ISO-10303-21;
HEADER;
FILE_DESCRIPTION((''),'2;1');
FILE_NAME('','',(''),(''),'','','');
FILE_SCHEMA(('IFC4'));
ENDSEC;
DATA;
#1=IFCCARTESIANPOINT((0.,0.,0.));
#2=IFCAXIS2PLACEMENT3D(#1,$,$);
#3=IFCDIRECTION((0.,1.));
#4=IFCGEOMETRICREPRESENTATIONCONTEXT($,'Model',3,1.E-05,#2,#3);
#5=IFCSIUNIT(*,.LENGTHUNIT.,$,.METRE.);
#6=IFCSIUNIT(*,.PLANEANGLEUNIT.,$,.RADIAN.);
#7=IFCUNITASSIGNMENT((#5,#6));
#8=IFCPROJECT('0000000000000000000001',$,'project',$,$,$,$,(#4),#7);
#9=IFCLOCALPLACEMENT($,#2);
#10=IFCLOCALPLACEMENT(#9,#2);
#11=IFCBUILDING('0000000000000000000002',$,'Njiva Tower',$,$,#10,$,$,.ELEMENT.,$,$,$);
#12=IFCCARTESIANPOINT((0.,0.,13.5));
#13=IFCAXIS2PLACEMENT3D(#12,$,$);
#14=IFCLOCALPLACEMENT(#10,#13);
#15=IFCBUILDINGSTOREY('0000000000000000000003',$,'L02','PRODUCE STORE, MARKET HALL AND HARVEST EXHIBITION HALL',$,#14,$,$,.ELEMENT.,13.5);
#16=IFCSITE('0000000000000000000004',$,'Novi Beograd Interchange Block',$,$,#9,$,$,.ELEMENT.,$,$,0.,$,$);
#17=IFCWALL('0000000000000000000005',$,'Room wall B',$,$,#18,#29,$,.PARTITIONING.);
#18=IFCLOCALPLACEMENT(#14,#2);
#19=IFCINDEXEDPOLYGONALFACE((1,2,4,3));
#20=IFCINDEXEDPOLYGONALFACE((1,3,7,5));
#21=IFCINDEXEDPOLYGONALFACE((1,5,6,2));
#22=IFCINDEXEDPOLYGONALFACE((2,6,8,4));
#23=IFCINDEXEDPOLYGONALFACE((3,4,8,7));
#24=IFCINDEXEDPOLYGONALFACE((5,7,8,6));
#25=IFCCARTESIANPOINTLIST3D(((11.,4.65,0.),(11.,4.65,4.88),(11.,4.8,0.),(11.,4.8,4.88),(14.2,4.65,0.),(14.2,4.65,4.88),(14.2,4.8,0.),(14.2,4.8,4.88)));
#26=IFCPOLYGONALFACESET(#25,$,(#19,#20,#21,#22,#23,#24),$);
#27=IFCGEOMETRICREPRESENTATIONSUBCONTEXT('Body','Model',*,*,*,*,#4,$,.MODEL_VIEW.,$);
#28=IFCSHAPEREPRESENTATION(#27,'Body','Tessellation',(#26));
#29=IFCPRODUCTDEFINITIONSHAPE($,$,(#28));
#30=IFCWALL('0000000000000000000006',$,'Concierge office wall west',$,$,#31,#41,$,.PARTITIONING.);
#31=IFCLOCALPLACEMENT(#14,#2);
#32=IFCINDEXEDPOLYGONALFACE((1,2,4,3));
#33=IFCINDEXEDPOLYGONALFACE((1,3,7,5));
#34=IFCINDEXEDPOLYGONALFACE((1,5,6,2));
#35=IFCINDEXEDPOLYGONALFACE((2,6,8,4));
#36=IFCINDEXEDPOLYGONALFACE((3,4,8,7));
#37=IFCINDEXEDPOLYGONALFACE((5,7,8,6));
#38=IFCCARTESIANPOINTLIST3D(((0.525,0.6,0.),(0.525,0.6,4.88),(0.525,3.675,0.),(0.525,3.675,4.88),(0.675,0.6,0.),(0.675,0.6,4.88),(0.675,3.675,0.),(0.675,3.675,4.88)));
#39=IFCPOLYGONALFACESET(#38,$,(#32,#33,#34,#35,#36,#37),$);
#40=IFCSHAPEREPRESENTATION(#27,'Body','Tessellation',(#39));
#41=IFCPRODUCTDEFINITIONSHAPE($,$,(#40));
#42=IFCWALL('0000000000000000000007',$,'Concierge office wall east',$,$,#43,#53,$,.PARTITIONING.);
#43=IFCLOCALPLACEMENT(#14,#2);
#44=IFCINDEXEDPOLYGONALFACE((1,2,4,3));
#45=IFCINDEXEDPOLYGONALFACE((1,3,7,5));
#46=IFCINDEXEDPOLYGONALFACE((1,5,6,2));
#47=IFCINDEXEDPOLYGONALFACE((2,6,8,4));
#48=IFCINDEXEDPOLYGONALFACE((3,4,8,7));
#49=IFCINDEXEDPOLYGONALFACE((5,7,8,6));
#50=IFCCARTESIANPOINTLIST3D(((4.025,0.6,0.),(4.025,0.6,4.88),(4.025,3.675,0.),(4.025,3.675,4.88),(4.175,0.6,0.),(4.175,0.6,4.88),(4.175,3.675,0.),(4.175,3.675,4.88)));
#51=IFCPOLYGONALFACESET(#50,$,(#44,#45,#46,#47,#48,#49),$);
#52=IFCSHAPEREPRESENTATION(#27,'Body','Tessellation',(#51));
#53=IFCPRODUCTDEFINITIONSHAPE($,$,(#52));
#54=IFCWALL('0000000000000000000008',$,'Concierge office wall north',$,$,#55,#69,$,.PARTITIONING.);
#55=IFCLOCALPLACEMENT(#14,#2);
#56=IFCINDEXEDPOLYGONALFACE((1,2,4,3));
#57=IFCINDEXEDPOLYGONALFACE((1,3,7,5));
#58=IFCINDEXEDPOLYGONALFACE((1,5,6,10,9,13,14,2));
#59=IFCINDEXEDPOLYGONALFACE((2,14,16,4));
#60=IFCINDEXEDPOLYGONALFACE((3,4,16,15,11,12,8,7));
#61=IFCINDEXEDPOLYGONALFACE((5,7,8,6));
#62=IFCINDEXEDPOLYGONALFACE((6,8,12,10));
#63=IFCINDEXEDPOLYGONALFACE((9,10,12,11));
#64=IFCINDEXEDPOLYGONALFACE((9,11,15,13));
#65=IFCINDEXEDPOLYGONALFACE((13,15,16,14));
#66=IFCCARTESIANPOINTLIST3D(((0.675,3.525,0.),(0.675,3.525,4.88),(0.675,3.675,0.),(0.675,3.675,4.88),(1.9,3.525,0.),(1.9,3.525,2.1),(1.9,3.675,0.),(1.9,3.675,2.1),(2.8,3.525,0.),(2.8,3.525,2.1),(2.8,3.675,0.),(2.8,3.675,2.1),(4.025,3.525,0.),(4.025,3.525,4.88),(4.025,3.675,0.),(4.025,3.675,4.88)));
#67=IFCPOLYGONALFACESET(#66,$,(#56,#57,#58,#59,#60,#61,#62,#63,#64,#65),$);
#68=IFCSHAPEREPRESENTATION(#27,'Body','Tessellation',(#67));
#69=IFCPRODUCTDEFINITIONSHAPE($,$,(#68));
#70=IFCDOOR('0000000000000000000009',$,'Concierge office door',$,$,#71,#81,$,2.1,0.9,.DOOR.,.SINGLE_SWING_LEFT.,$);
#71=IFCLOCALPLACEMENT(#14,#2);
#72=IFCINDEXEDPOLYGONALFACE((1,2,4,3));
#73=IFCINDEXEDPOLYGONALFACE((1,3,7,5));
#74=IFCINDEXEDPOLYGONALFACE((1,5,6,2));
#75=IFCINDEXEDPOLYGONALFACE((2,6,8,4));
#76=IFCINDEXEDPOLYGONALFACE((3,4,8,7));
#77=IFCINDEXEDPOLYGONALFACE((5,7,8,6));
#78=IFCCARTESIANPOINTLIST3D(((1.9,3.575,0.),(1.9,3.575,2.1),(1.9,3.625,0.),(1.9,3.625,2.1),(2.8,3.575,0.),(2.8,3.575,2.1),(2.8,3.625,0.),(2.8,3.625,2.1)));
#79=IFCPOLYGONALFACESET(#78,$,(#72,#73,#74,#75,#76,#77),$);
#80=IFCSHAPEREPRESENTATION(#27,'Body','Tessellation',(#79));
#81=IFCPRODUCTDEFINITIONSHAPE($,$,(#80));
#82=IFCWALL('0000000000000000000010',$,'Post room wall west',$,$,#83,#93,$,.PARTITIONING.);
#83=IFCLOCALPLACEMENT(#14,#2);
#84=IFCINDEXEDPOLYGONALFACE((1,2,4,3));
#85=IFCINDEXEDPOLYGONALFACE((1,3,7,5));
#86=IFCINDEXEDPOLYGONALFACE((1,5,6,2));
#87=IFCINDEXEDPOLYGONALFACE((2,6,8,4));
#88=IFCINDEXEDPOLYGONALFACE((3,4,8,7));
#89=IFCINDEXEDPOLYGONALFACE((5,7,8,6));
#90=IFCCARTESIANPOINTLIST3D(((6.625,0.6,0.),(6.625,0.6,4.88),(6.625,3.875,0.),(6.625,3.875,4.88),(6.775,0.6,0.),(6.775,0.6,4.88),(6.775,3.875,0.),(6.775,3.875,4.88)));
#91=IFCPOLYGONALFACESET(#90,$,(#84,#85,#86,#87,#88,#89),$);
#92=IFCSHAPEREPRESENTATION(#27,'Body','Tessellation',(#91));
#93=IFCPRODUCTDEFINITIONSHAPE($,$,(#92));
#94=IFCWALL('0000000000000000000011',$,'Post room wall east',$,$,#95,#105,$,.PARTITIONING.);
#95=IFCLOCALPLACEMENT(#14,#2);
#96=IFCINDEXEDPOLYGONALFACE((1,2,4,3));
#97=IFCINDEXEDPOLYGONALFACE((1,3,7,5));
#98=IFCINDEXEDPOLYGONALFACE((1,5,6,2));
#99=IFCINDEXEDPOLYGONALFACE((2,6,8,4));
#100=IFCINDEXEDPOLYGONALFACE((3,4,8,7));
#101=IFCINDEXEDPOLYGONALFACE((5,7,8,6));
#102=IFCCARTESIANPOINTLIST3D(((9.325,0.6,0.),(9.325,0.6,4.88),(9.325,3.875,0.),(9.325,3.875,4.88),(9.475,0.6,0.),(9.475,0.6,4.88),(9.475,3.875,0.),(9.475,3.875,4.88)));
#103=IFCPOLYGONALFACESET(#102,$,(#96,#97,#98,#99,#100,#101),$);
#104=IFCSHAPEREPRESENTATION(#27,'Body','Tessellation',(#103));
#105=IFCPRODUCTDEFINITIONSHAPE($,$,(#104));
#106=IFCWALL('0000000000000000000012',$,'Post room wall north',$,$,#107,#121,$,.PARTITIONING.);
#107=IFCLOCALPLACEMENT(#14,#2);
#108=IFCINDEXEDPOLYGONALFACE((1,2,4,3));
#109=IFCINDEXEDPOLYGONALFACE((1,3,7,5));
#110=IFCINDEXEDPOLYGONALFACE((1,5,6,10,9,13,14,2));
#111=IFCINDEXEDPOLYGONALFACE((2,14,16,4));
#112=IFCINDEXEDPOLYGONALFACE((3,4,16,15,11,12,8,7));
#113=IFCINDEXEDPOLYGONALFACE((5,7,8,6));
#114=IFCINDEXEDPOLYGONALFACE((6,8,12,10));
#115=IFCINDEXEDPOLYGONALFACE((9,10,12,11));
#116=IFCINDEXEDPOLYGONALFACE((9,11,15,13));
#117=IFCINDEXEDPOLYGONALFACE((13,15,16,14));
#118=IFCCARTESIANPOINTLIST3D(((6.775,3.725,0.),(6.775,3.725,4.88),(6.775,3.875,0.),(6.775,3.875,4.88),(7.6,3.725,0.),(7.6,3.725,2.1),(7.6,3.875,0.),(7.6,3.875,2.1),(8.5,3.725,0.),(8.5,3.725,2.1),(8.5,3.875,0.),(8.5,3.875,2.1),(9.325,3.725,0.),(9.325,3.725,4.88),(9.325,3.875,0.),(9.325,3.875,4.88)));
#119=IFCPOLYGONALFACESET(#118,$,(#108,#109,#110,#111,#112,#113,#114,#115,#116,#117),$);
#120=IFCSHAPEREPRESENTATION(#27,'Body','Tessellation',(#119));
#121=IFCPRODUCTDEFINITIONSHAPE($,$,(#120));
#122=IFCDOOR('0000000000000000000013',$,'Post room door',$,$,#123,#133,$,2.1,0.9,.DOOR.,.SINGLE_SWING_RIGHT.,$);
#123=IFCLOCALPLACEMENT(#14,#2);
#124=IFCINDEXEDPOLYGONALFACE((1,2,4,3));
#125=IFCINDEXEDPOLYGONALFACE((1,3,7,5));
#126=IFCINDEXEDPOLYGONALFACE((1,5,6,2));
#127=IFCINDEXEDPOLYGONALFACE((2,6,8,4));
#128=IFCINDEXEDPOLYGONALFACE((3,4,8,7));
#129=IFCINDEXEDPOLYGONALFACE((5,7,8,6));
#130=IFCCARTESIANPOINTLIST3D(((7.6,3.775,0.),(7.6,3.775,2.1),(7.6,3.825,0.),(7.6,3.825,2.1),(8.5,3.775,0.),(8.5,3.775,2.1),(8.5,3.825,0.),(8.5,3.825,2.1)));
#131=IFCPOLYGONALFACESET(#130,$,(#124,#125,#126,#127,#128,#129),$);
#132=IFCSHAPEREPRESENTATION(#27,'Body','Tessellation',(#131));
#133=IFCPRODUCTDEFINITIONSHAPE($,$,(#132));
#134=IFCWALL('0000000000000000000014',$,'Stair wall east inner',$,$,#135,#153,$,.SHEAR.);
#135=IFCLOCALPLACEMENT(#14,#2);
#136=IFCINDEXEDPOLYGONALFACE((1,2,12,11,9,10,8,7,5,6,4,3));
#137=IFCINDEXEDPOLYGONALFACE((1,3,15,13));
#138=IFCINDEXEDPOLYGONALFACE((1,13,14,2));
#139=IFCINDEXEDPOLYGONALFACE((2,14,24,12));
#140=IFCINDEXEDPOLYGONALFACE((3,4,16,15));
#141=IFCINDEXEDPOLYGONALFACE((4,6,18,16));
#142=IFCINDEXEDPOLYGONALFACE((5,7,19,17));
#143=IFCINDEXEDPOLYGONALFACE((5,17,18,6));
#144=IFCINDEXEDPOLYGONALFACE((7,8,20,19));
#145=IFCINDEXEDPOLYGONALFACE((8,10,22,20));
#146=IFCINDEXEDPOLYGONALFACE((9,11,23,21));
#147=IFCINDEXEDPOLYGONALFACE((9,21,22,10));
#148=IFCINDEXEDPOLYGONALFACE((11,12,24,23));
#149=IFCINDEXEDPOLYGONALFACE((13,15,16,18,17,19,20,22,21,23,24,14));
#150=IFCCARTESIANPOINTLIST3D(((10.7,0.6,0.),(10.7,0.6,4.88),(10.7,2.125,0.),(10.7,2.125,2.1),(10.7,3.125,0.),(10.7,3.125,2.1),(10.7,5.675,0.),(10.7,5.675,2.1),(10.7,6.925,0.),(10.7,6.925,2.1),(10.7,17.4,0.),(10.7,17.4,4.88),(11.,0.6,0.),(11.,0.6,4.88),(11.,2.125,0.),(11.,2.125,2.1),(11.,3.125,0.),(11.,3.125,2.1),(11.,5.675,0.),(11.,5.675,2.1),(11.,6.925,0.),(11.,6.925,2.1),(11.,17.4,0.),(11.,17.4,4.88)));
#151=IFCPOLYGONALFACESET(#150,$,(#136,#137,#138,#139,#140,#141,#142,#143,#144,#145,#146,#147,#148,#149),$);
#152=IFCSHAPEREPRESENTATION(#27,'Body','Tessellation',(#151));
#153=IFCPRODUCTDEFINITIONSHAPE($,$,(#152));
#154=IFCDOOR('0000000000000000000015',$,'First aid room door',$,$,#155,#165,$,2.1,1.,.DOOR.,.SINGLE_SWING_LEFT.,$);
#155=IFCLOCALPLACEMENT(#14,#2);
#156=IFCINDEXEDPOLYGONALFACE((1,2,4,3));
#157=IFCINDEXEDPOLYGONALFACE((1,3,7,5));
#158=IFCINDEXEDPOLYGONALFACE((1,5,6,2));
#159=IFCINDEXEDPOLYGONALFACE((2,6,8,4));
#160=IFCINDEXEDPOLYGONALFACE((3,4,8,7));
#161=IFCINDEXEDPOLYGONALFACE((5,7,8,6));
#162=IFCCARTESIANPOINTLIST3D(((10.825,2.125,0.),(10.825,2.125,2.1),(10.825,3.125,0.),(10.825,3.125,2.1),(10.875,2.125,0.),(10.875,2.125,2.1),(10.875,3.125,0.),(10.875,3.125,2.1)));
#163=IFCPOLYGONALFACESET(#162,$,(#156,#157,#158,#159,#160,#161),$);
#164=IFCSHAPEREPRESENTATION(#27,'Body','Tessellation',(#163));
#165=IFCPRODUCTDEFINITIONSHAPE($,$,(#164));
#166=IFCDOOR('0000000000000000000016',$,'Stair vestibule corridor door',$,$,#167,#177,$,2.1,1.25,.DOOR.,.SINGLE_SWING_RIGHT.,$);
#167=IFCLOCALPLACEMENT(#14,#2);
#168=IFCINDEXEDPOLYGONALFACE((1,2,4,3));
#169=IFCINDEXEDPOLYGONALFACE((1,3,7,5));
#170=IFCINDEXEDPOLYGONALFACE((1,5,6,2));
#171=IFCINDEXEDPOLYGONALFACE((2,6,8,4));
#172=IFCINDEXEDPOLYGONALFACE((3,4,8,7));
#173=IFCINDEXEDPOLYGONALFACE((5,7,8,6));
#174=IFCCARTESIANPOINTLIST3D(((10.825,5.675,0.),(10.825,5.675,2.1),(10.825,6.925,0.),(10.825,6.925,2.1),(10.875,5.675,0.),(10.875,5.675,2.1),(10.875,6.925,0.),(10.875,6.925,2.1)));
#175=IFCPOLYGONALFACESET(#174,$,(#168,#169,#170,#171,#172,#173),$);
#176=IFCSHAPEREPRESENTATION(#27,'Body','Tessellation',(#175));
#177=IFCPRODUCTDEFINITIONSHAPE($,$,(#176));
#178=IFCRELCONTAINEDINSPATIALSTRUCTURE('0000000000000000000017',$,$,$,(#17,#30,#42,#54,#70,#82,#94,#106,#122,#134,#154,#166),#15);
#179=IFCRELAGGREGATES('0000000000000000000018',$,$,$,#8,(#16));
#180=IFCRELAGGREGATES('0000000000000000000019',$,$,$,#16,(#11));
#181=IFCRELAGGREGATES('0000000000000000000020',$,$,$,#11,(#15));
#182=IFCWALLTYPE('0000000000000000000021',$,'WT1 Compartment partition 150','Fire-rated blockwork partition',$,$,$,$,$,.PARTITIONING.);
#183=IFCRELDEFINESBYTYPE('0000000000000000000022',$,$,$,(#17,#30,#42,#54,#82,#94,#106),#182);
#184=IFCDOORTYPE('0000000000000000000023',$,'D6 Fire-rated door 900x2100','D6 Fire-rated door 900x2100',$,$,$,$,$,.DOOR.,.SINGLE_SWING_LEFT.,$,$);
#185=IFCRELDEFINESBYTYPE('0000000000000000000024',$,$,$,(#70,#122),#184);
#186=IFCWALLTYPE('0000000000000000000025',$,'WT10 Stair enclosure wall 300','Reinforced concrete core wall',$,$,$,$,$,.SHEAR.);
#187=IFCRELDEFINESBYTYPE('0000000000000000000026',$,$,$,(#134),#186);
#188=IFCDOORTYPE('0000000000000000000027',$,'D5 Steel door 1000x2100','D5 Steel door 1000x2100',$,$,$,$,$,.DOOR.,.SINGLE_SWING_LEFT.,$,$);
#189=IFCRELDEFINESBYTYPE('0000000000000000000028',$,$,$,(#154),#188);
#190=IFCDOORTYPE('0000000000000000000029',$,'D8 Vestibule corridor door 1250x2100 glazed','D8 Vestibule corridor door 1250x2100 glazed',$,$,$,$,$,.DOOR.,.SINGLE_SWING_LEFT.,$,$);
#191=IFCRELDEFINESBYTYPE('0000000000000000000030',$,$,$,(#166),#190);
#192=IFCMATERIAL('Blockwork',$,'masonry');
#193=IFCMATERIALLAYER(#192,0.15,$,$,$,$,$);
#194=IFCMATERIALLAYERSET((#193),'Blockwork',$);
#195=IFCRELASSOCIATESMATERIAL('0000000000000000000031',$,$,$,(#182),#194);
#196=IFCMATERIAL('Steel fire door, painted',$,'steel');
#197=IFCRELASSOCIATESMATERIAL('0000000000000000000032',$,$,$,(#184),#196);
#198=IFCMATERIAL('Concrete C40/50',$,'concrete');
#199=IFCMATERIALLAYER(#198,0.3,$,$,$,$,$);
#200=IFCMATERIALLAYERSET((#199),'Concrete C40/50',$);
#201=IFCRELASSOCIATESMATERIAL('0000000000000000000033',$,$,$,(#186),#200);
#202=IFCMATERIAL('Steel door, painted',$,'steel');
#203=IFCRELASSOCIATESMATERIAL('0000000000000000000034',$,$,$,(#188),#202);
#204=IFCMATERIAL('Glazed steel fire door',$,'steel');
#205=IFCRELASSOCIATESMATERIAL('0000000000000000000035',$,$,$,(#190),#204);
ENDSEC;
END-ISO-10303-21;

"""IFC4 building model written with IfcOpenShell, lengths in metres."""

from ifc_helpers import new_model, si_unit, direction, frame, frame_2d, origin, place, context, subcontext, project, spatial, rectangle, extrude, material, layer, layer_set, type_object, element, fill, save


model = new_model("IFC4")

# Units and contexts
model_context = context("Model", 3, precision=1e-05, world=origin(), true_north=direction((0.0, 1.0)))
body_context = subcontext(model_context, "Body", "Model", "MODEL_VIEW")
ifc_project = project(units=[si_unit("LENGTHUNIT", "METRE"), si_unit("PLANEANGLEUNIT", "RADIAN")], contexts=[model_context])

# Site, building, storey
site_placement = place(None, origin())
site = spatial("IfcSite", under=ifc_project, at=site_placement, Name="Novi Beograd Interchange Block", CompositionType="ELEMENT", RefElevation=0.0)
building_placement = place(site_placement, origin())
building = spatial("IfcBuilding", under=site, at=building_placement, Name="Njiva Tower", CompositionType="ELEMENT")
storey_placement = place(building_placement, frame((0.0, 0.0, 13.5)))
storey = spatial("IfcBuildingStorey", under=building, at=storey_placement, Name="L02", Description="PRODUCE STORE, MARKET HALL AND HARVEST EXHIBITION HALL", CompositionType="ELEMENT", Elevation=13.5)

# Walls
ifc_material_1 = material(Name="Blockwork", Category="masonry")
ifc_layer_1 = layer(ifc_material_1, 0.15)
ifc_layer_set_1 = layer_set([ifc_layer_1], Name="Blockwork")
wall_type_1 = type_object("IfcWallType", Name="WT1 Compartment partition 150", Description="Fire-rated blockwork partition", PredefinedType="PARTITIONING", material=ifc_layer_set_1)
wall_1_placement = place(storey_placement, frame((11.0, 4.725, 0.0), z_axis=(0.0, 0.0, 1.0), x_axis=(1.0, 0.0, 0.0)))
element("IfcWall", 1, at=wall_1_placement, inside=storey, type_object=wall_type_1, Name="Room wall B", PredefinedType="PARTITIONING", context=body_context, shape_type="SweptSolid", body=[
    extrude(rectangle(XDim=3.2, YDim=0.15, at=frame_2d((1.6, 0.0))), origin(), (0.0, 0.0, 1.0), 4.88),
])
for number, where, z_axis, x_axis, name in (
    (2, (0.6, 0.6, 0.0), (0.0, 0.0, 1.0), (0.0, 1.0, 0.0), "Concierge office wall west"),
    (3, (4.1, 0.6, 0.0), (0.0, 0.0, 1.0), (0.0, 1.0, 0.0), "Concierge office wall east"),
):
    element("IfcWall", number, at=place(storey_placement, frame(where, z_axis=z_axis, x_axis=x_axis)), inside=storey, type_object=wall_type_1, Name=name, PredefinedType="PARTITIONING", context=body_context, shape_type="SweptSolid", body=[
        extrude(rectangle(XDim=3.075, YDim=0.15, at=frame_2d((1.5375, 0.0))), origin(), (0.0, 0.0, 1.0), 4.88),
    ])

# Wall, opening, door
wall_2_placement = place(storey_placement, frame((0.675, 3.6, 0.0), z_axis=(0.0, 0.0, 1.0), x_axis=(1.0, 0.0, 0.0)))
wall_2 = element("IfcWall", 4, at=wall_2_placement, inside=storey, type_object=wall_type_1, Name="Concierge office wall north", PredefinedType="PARTITIONING", context=body_context, shape_type="SweptSolid", body=[
    extrude(rectangle(XDim=3.35, YDim=0.15, at=frame_2d((1.675, 0.0))), origin(), (0.0, 0.0, 1.0), 4.88),
])
opening_1_placement = place(wall_2_placement, frame((1.225, 0.0, 0.0)))
opening_1 = element("IfcOpeningElement", 5, at=opening_1_placement, cuts=wall_2, PredefinedType="OPENING", context=body_context, shape_type="SweptSolid", body=[
    extrude(rectangle(XDim=0.9, YDim=2.1, at=frame_2d((0.45, 1.05))), frame((0.0, 0.085, 0.0), z_axis=(0.0, -1.0, 0.0), x_axis=(1.0, 0.0, 0.0)), (0.0, 0.0, 1.0), 0.17),
])
ifc_material_2 = material(Name="Steel fire door, painted", Category="steel")
door_type_1 = type_object("IfcDoorType", Name="D6 Fire-rated door 900x2100", Description="D6 Fire-rated door 900x2100", OperationType="SINGLE_SWING_LEFT", PredefinedType="DOOR", material=ifc_material_2)
door_1_placement = place(opening_1_placement, origin())
door_1 = element("IfcDoor", 6, at=door_1_placement, inside=storey, type_object=door_type_1, Name="Concierge office door", OperationType="SINGLE_SWING_LEFT", OverallHeight=2.1, OverallWidth=0.9, PredefinedType="DOOR", context=body_context, shape_type="SweptSolid", body=[
    extrude(rectangle(XDim=0.9, YDim=2.1, at=frame_2d((0.45, 1.05))), frame((0.0, 0.025, 0.0), z_axis=(0.0, -1.0, 0.0), x_axis=(1.0, 0.0, 0.0)), (0.0, 0.0, 1.0), 0.05),
])
fill(opening_1, door_1)

# Walls
for number, where, z_axis, x_axis, name in (
    (7, (6.7, 0.6, 0.0), (0.0, 0.0, 1.0), (0.0, 1.0, 0.0), "Post room wall west"),
    (8, (9.4, 0.6, 0.0), (0.0, 0.0, 1.0), (0.0, 1.0, 0.0), "Post room wall east"),
):
    element("IfcWall", number, at=place(storey_placement, frame(where, z_axis=z_axis, x_axis=x_axis)), inside=storey, type_object=wall_type_1, Name=name, PredefinedType="PARTITIONING", context=body_context, shape_type="SweptSolid", body=[
        extrude(rectangle(XDim=3.275, YDim=0.15, at=frame_2d((1.6375, 0.0))), origin(), (0.0, 0.0, 1.0), 4.88),
    ])

# Wall, opening, door
wall_3_placement = place(storey_placement, frame((6.775, 3.8, 0.0), z_axis=(0.0, 0.0, 1.0), x_axis=(1.0, 0.0, 0.0)))
wall_3 = element("IfcWall", 9, at=wall_3_placement, inside=storey, type_object=wall_type_1, Name="Post room wall north", PredefinedType="PARTITIONING", context=body_context, shape_type="SweptSolid", body=[
    extrude(rectangle(XDim=2.55, YDim=0.15, at=frame_2d((1.275, 0.0))), origin(), (0.0, 0.0, 1.0), 4.88),
])
opening_2_placement = place(wall_3_placement, frame((0.825, 0.0, 0.0)))
opening_2 = element("IfcOpeningElement", 10, at=opening_2_placement, cuts=wall_3, PredefinedType="OPENING", context=body_context, shape_type="SweptSolid", body=[
    extrude(rectangle(XDim=0.9, YDim=2.1, at=frame_2d((0.45, 1.05))), frame((0.0, 0.085, 0.0), z_axis=(0.0, -1.0, 0.0), x_axis=(1.0, 0.0, 0.0)), (0.0, 0.0, 1.0), 0.17),
])
door_2_placement = place(opening_2_placement, origin())
door_2 = element("IfcDoor", 11, at=door_2_placement, inside=storey, type_object=door_type_1, Name="Post room door", OperationType="SINGLE_SWING_RIGHT", OverallHeight=2.1, OverallWidth=0.9, PredefinedType="DOOR", context=body_context, shape_type="SweptSolid", body=[
    extrude(rectangle(XDim=0.9, YDim=2.1, at=frame_2d((0.45, 1.05))), frame((0.0, 0.025, 0.0), z_axis=(0.0, -1.0, 0.0), x_axis=(1.0, 0.0, 0.0)), (0.0, 0.0, 1.0), 0.05),
])
fill(opening_2, door_2)

# Wall, openings, doors
ifc_material_3 = material(Name="Concrete C40/50", Category="concrete")
ifc_layer_2 = layer(ifc_material_3, 0.3)
ifc_layer_set_2 = layer_set([ifc_layer_2], Name="Concrete C40/50")
wall_type_2 = type_object("IfcWallType", Name="WT10 Stair enclosure wall 300", Description="Reinforced concrete core wall", PredefinedType="SHEAR", material=ifc_layer_set_2)
wall_4_placement = place(storey_placement, frame((10.85, 0.6, 0.0), z_axis=(0.0, 0.0, 1.0), x_axis=(0.0, 1.0, 0.0)))
wall_4 = element("IfcWall", 12, at=wall_4_placement, inside=storey, type_object=wall_type_2, Name="Stair wall east inner", PredefinedType="SHEAR", context=body_context, shape_type="SweptSolid", body=[
    extrude(rectangle(XDim=16.8, YDim=0.3, at=frame_2d((8.4, 0.0))), origin(), (0.0, 0.0, 1.0), 4.88),
])
opening_3_placement = place(wall_4_placement, frame((5.075, 0.0, 0.0)))
opening_3 = element("IfcOpeningElement", 13, at=opening_3_placement, cuts=wall_4, PredefinedType="OPENING", context=body_context, shape_type="SweptSolid", body=[
    extrude(rectangle(XDim=1.25, YDim=2.1, at=frame_2d((0.625, 1.05))), frame((0.0, 0.16, 0.0), z_axis=(0.0, -1.0, 0.0), x_axis=(1.0, 0.0, 0.0)), (0.0, 0.0, 1.0), 0.32),
])
opening_4_placement = place(wall_4_placement, frame((1.525, 0.0, 0.0)))
opening_4 = element("IfcOpeningElement", 14, at=opening_4_placement, cuts=wall_4, PredefinedType="OPENING", context=body_context, shape_type="SweptSolid", body=[
    extrude(rectangle(XDim=1.0, YDim=2.1, at=frame_2d((0.5, 1.05))), frame((0.0, 0.16, 0.0), z_axis=(0.0, -1.0, 0.0), x_axis=(1.0, 0.0, 0.0)), (0.0, 0.0, 1.0), 0.32),
])
ifc_material_4 = material(Name="Steel door, painted", Category="steel")
door_type_2 = type_object("IfcDoorType", Name="D5 Steel door 1000x2100", Description="D5 Steel door 1000x2100", OperationType="SINGLE_SWING_LEFT", PredefinedType="DOOR", material=ifc_material_4)
door_3_placement = place(opening_4_placement, origin())
door_3 = element("IfcDoor", 15, at=door_3_placement, inside=storey, type_object=door_type_2, Name="First aid room door", OperationType="SINGLE_SWING_LEFT", OverallHeight=2.1, OverallWidth=1.0, PredefinedType="DOOR", context=body_context, shape_type="SweptSolid", body=[
    extrude(rectangle(XDim=1.0, YDim=2.1, at=frame_2d((0.5, 1.05))), frame((0.0, 0.025, 0.0), z_axis=(0.0, -1.0, 0.0), x_axis=(1.0, 0.0, 0.0)), (0.0, 0.0, 1.0), 0.05),
])
fill(opening_4, door_3)
ifc_material_5 = material(Name="Glazed steel fire door", Category="steel")
door_type_3 = type_object("IfcDoorType", Name="D8 Vestibule corridor door 1250x2100 glazed", Description="D8 Vestibule corridor door 1250x2100 glazed", OperationType="SINGLE_SWING_LEFT", PredefinedType="DOOR", material=ifc_material_5)
door_4_placement = place(opening_3_placement, origin())
door_4 = element("IfcDoor", 16, at=door_4_placement, inside=storey, type_object=door_type_3, Name="Stair vestibule corridor door", OperationType="SINGLE_SWING_RIGHT", OverallHeight=2.1, OverallWidth=1.25, PredefinedType="DOOR", context=body_context, shape_type="SweptSolid", body=[
    extrude(rectangle(XDim=1.25, YDim=2.1, at=frame_2d((0.625, 1.05))), frame((0.0, 0.025, 0.0), z_axis=(0.0, -1.0, 0.0), x_axis=(1.0, 0.0, 0.0)), (0.0, 0.0, 1.0), 0.05),
])
fill(opening_3, door_4)

save(model, "model.ifc")
